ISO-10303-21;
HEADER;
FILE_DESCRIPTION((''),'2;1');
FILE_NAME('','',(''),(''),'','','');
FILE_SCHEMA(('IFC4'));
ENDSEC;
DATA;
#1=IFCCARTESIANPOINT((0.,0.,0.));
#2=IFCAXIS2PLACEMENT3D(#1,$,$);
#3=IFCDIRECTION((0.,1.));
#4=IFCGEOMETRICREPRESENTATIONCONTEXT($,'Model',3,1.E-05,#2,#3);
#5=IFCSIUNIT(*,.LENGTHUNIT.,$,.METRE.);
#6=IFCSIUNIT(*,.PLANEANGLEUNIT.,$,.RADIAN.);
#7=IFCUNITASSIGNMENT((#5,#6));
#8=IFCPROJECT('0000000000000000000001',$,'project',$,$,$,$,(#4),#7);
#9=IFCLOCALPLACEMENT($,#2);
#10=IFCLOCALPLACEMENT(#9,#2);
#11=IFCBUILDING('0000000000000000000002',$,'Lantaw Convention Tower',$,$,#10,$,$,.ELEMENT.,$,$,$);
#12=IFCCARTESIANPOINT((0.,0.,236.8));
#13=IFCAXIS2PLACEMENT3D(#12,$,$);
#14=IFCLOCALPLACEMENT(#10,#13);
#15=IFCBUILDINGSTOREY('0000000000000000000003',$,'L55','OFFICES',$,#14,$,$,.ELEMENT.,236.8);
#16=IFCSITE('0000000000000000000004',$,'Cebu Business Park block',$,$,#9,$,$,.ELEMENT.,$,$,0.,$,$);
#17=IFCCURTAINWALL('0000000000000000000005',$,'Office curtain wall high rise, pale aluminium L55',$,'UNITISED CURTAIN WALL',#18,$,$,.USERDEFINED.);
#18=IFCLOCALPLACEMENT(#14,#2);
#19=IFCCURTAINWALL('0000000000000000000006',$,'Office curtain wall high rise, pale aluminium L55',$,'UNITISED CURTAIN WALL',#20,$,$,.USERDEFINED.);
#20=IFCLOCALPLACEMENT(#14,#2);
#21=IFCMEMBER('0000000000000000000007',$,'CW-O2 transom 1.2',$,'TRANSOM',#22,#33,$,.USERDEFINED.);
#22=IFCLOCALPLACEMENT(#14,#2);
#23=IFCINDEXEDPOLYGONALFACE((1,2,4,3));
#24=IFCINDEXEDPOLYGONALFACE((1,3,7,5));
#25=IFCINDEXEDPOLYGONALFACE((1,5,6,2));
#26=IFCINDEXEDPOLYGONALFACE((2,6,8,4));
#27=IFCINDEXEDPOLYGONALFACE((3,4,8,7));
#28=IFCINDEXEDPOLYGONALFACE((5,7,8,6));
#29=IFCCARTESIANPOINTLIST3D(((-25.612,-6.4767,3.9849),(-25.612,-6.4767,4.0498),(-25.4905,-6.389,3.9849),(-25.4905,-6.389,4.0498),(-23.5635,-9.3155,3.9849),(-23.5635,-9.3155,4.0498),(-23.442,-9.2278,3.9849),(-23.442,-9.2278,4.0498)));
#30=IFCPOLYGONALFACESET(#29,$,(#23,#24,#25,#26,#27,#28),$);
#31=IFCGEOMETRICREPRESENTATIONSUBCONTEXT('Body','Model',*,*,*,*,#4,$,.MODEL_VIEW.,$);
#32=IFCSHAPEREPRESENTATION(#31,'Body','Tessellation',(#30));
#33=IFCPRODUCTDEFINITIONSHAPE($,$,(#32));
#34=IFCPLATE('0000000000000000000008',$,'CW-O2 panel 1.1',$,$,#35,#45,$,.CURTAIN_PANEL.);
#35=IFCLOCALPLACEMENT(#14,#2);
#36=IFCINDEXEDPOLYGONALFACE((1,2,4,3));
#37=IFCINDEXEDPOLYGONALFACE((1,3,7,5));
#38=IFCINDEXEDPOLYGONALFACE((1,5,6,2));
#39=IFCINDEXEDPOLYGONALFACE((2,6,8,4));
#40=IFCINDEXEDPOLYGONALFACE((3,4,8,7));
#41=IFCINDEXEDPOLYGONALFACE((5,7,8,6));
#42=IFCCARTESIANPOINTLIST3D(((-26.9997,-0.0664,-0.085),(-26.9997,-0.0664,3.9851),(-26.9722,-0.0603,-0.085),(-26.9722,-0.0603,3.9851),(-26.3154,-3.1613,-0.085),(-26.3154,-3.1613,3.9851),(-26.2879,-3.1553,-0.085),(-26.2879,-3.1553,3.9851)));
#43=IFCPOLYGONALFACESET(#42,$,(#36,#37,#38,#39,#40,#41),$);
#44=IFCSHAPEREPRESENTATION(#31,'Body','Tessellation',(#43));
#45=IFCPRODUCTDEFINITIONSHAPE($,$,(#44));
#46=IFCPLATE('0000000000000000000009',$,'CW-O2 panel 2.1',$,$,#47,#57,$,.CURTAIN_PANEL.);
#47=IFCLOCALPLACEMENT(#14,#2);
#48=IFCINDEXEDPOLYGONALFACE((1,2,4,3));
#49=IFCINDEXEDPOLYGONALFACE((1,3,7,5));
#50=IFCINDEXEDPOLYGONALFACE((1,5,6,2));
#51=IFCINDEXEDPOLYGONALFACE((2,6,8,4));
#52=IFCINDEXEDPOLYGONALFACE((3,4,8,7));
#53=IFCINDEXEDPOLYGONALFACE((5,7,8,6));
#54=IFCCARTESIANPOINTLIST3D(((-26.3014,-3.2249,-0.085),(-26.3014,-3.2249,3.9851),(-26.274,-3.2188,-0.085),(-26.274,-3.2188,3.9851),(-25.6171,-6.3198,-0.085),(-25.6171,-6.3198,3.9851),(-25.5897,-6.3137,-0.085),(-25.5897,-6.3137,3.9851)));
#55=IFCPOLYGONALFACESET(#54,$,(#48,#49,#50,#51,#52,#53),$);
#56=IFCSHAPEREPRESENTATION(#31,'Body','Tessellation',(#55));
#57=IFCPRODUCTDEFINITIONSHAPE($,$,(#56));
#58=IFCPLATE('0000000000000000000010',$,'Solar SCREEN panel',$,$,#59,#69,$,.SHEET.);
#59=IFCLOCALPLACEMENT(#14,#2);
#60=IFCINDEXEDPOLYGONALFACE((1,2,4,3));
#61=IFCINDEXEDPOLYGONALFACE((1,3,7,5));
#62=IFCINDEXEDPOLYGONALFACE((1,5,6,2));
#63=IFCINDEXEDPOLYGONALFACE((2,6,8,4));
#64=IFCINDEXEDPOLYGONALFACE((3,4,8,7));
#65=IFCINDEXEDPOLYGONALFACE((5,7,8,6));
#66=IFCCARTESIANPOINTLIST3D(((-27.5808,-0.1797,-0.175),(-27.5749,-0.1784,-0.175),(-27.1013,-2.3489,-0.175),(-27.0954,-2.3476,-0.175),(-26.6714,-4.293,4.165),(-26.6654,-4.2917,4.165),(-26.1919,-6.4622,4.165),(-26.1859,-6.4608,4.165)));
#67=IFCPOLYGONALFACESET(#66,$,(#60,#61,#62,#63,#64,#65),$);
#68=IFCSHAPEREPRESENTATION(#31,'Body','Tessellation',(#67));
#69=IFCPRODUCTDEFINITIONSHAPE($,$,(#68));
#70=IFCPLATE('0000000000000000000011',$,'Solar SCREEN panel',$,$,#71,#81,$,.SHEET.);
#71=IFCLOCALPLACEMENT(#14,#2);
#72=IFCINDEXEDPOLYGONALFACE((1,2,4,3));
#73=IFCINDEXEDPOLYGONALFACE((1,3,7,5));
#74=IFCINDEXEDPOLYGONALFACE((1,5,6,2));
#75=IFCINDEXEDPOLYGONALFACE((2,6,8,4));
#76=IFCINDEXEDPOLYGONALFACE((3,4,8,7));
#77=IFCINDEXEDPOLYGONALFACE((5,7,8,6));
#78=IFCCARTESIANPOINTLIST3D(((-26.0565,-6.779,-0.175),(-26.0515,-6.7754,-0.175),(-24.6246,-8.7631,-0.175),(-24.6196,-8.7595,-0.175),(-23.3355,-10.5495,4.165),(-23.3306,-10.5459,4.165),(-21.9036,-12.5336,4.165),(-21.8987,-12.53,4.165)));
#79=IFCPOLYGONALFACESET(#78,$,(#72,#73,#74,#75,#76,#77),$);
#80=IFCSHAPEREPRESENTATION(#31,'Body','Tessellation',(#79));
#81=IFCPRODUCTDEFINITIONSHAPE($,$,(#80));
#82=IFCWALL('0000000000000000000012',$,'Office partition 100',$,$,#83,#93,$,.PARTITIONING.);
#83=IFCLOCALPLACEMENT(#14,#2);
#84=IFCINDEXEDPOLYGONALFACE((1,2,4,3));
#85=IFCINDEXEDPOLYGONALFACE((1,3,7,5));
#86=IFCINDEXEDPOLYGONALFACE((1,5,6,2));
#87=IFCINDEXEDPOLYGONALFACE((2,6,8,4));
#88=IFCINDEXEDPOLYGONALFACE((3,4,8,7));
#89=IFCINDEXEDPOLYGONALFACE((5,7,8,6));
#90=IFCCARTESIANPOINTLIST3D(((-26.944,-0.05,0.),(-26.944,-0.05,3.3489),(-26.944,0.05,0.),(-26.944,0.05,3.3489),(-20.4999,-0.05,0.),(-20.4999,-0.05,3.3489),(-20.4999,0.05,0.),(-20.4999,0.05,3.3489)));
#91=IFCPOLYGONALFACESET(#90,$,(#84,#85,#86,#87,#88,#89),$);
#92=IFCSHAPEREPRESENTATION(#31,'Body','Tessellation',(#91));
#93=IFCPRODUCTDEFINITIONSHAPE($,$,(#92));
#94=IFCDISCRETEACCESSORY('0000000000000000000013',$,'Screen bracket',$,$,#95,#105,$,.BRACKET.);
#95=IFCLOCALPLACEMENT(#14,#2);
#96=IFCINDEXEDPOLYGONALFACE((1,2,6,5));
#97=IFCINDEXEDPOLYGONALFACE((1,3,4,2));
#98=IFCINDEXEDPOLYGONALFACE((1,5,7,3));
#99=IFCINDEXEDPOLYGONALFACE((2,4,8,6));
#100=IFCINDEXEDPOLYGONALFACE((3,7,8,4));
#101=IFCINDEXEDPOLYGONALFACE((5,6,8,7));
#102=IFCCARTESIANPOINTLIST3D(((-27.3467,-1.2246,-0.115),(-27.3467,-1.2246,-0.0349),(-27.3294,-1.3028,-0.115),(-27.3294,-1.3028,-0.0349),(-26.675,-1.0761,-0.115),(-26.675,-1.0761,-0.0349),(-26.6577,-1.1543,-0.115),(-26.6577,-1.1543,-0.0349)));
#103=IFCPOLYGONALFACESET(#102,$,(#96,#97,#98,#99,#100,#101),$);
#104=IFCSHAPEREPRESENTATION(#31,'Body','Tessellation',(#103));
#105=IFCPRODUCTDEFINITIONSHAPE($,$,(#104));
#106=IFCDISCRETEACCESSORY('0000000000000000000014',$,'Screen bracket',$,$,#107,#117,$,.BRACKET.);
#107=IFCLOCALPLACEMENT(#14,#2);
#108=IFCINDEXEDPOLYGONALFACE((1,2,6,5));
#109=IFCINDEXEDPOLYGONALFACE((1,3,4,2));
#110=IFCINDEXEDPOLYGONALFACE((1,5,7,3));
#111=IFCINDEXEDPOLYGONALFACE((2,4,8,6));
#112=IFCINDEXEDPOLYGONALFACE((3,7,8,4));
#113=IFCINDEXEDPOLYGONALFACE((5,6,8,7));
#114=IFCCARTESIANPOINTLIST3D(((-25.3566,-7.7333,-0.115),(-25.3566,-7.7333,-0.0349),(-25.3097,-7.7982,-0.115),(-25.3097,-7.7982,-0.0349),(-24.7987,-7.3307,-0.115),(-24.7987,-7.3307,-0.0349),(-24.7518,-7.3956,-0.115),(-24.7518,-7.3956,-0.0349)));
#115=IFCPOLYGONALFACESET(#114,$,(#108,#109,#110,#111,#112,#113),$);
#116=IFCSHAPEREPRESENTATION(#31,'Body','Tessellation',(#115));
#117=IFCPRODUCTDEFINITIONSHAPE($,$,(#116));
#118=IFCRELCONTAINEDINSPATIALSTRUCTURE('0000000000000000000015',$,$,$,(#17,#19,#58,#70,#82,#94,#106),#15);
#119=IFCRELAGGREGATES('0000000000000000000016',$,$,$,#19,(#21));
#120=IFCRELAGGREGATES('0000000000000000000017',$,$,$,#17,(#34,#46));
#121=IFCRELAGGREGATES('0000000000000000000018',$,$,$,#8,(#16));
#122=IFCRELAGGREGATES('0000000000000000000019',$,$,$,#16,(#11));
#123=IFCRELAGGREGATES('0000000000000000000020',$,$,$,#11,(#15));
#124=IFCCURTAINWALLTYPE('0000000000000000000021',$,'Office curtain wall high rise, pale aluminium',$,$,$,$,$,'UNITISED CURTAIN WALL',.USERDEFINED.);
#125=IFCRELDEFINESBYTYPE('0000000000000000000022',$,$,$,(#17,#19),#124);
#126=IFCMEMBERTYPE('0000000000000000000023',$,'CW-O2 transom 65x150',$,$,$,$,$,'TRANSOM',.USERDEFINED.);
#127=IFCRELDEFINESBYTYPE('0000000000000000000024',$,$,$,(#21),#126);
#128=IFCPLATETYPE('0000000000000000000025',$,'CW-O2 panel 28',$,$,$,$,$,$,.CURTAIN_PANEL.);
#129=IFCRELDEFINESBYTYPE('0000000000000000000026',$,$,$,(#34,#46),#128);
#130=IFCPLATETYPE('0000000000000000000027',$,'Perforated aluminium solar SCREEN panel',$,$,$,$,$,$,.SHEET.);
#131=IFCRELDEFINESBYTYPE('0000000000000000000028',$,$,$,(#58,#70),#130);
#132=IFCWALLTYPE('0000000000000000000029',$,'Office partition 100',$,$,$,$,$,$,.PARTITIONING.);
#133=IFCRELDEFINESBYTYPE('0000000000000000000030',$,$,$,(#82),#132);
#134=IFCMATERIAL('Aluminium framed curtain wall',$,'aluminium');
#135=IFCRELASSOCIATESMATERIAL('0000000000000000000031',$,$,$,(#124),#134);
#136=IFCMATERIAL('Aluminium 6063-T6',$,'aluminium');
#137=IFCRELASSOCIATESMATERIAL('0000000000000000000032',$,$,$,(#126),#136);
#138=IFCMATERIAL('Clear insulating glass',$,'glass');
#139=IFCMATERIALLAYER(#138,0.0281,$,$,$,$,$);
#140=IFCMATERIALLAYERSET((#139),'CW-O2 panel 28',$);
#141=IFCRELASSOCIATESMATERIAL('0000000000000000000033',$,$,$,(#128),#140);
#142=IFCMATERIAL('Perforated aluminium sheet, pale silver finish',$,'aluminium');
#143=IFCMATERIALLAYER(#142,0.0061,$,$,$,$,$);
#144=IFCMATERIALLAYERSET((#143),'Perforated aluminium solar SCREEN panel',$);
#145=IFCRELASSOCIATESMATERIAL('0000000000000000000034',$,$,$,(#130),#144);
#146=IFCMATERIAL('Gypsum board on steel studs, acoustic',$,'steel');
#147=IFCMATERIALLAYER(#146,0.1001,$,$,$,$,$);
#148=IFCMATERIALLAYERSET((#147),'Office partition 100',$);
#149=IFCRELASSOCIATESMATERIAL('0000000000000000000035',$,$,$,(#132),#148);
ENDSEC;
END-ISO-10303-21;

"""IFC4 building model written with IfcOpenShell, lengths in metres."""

from ifc_helpers import new_model, si_unit, direction, frame, frame_2d, origin, origin_2d, place, context, subcontext, project, spatial, polyline, rectangle, outline, extrude, material, layer, layer_set, material_profile, profile_set, type_object, element, aggregate, save


model = new_model("IFC4")

# Units and contexts
model_context = context("Model", 3, precision=1e-05, world=origin(), true_north=direction((0.0, 1.0)))
body_context = subcontext(model_context, "Body", "Model", "MODEL_VIEW")
ifc_project = project(units=[si_unit("LENGTHUNIT", "METRE"), si_unit("PLANEANGLEUNIT", "RADIAN")], contexts=[model_context])

# Site, building, storey
site_placement = place(None, origin())
site = spatial("IfcSite", under=ifc_project, at=site_placement, Name="Cebu Business Park block", CompositionType="ELEMENT", RefElevation=0.0)
building_placement = place(site_placement, origin())
building = spatial("IfcBuilding", under=site, at=building_placement, Name="Lantaw Convention Tower", CompositionType="ELEMENT")
storey_placement = place(building_placement, frame((0.0, 0.0, 236.8)))
storey = spatial("IfcBuildingStorey", under=building, at=storey_placement, Name="L55", Description="OFFICES", CompositionType="ELEMENT", Elevation=236.8)

# Curtain wall
ifc_material_1 = material(Name="Aluminium framed curtain wall", Category="aluminium")
curtain_wall_type = type_object("IfcCurtainWallType", Name="Office curtain wall high rise, pale aluminium", ElementType="UNITISED CURTAIN WALL", PredefinedType="USERDEFINED", material=ifc_material_1)
curtain_wall_1_placement = place(storey_placement, origin())
curtain_wall_1 = element("IfcCurtainWall", 1, at=curtain_wall_1_placement, inside=storey, type_object=curtain_wall_type, Name="Office curtain wall high rise, pale aluminium L55", ObjectType="UNITISED CURTAIN WALL", PredefinedType="USERDEFINED")
ifc_material_2 = material(Name="Aluminium 6063-T6", Category="aluminium")

# Curtain wall
curtain_wall_2_placement = place(storey_placement, origin())
curtain_wall_2 = element("IfcCurtainWall", 2, at=curtain_wall_2_placement, inside=storey, type_object=curtain_wall_type, Name="Office curtain wall high rise, pale aluminium L55", ObjectType="UNITISED CURTAIN WALL", PredefinedType="USERDEFINED")

# Member
ifc_material_profile_1 = material_profile(ifc_material_2, rectangle(XDim=0.1499, YDim=0.0649, at=origin_2d()), Name="CW-O2 transom 65x150")
ifc_profile_set_1 = profile_set([ifc_material_profile_1], Name="Aluminium 6063-T6")
member_type_1 = type_object("IfcMemberType", Name="CW-O2 transom 65x150", ElementType="TRANSOM", PredefinedType="USERDEFINED", material=ifc_profile_set_1)
member_1_placement = place(storey_placement, frame((-25.5513, -6.4329, 4.0173), z_axis=(0.58517, -0.810911, 0.0), x_axis=(0.810911, 0.58517, 0.0)))
member_1 = element("IfcMember", 3, at=member_1_placement, type_object=member_type_1, Name="CW-O2 transom 1.2", ObjectType="TRANSOM", PredefinedType="USERDEFINED", context=body_context, shape_type="SweptSolid", body=[
    extrude(rectangle(XDim=0.1499, YDim=0.0649, at=origin_2d()), origin(), (0.0, 0.0, 1.0), 3.5007),
])
aggregate(curtain_wall_2, [member_1])

# Plates
ifc_material_3 = material(Name="Clear insulating glass", Category="glass")
ifc_layer_1 = layer(ifc_material_3, 0.0281)
ifc_layer_set_1 = layer_set([ifc_layer_1], Name="CW-O2 panel 28")
plate_type_1 = type_object("IfcPlateType", Name="CW-O2 panel 28", PredefinedType="CURTAIN_PANEL", material=ifc_layer_set_1)
plate_1_placement = place(storey_placement, frame((-26.6438, -1.6108, -0.085), z_axis=(0.0, 0.0, 1.0), x_axis=(0.215891, -0.976417, 0.0)))
plate_1 = element("IfcPlate", 4, at=plate_1_placement, type_object=plate_type_1, Name="CW-O2 panel 1.1", PredefinedType="CURTAIN_PANEL", context=body_context, shape_type="SweptSolid", body=[
    extrude(rectangle(XDim=3.1697, YDim=0.0281, at=origin_2d()), origin(), (0.0, 0.0, 1.0), 4.0701),
])
plate_2_placement = place(storey_placement, frame((-25.9456, -4.7693, -0.085), z_axis=(0.0, 0.0, 1.0), x_axis=(0.215891, -0.976417, 0.0)))
plate_2 = element("IfcPlate", 5, at=plate_2_placement, type_object=plate_type_1, Name="CW-O2 panel 2.1", PredefinedType="CURTAIN_PANEL", context=body_context, shape_type="SweptSolid", body=[
    extrude(rectangle(XDim=3.1697, YDim=0.0281, at=origin_2d()), origin(), (0.0, 0.0, 1.0), 4.0701),
])
aggregate(curtain_wall_1, [plate_1, plate_2])

# Plates
ifc_material_4 = material(Name="Perforated aluminium sheet, pale silver finish", Category="aluminium")
ifc_layer_2 = layer(ifc_material_4, 0.0061)
ifc_layer_set_2 = layer_set([ifc_layer_2], Name="Perforated aluminium solar SCREEN panel")
plate_type_2 = type_object("IfcPlateType", Name="Perforated aluminium solar SCREEN panel", PredefinedType="SHEET", material=ifc_layer_set_2)
plate_3_placement = place(storey_placement, frame((-27.5808, -0.1797, -0.175), z_axis=(-0.97643, -0.215837, 0.000044), x_axis=(0.215837, -0.97643, 0.0)))
element("IfcPlate", 6, at=plate_3_placement, inside=storey, type_object=plate_type_2, Name="Solar SCREEN panel", PredefinedType="SHEET", context=body_context, shape_type="SweptSolid", body=[
    extrude(outline(polyline([(0.0, 0.0), (2.2216, 0.0), (6.4342, 4.3401), (4.2126, 4.3401), (0.0, 0.0)])), origin(), (0.0, 0.0, -1.0), 0.0061),
])
plate_4_placement = place(storey_placement, frame((-26.0515, -6.7754, -0.175), z_axis=(0.810892, 0.585195, 0.00002), x_axis=(0.585195, -0.810892, 0.0)))
element("IfcPlate", 7, at=plate_4_placement, inside=storey, type_object=plate_type_2, Name="Solar SCREEN panel", PredefinedType="SHEET", context=body_context, shape_type="SweptSolid", body=[
    extrude(outline(polyline([(0.0, 0.0), (2.4468, 0.0), (7.0966, -4.3401), (4.6498, -4.3401), (0.0, 0.0)])), origin(), (0.0, 0.0, -1.0), 0.0061),
])

# Wall
ifc_material_5 = material(Name="Gypsum board on steel studs, acoustic", Category="steel")
ifc_layer_3 = layer(ifc_material_5, 0.1001)
ifc_layer_set_3 = layer_set([ifc_layer_3], Name="Office partition 100")
wall_type = type_object("IfcWallType", Name="Office partition 100", PredefinedType="PARTITIONING", material=ifc_layer_set_3)
wall_placement = place(storey_placement, frame((-26.9441, 0.0, 0.0), z_axis=(0.0, 0.0, 1.0), x_axis=(1.0, 0.0, 0.0)))
element("IfcWall", 8, at=wall_placement, inside=storey, type_object=wall_type, Name="Office partition 100", PredefinedType="PARTITIONING", context=body_context, shape_type="SweptSolid", body=[
    extrude(rectangle(XDim=6.4441, YDim=0.1001, at=frame_2d((3.2222, 0.0))), origin(), (0.0, 0.0, 1.0), 3.3489),
])

# Discrete accessories
for number, where, z_axis, x_axis, name in (
    (9, (-27.0022, -1.1895, -0.115), (0.0, 0.0, 1.0), (0.215891, -0.976417, 0.0), "Screen bracket"),
    (10, (-25.0542, -7.5645, -0.115), (0.0, 0.0, 1.0), (0.585158, -0.81092, 0.0), "Screen bracket"),
):
    element("IfcDiscreteAccessory", number, at=place(storey_placement, frame(where, z_axis=z_axis, x_axis=x_axis)), inside=storey, Name=name, PredefinedType="BRACKET", context=body_context, shape_type="SweptSolid", body=[
        extrude(rectangle(XDim=0.0801, YDim=0.688, at=origin_2d()), origin(), (0.0, 0.0, 1.0), 0.0801),
    ])

save(model, "model.ifc")
